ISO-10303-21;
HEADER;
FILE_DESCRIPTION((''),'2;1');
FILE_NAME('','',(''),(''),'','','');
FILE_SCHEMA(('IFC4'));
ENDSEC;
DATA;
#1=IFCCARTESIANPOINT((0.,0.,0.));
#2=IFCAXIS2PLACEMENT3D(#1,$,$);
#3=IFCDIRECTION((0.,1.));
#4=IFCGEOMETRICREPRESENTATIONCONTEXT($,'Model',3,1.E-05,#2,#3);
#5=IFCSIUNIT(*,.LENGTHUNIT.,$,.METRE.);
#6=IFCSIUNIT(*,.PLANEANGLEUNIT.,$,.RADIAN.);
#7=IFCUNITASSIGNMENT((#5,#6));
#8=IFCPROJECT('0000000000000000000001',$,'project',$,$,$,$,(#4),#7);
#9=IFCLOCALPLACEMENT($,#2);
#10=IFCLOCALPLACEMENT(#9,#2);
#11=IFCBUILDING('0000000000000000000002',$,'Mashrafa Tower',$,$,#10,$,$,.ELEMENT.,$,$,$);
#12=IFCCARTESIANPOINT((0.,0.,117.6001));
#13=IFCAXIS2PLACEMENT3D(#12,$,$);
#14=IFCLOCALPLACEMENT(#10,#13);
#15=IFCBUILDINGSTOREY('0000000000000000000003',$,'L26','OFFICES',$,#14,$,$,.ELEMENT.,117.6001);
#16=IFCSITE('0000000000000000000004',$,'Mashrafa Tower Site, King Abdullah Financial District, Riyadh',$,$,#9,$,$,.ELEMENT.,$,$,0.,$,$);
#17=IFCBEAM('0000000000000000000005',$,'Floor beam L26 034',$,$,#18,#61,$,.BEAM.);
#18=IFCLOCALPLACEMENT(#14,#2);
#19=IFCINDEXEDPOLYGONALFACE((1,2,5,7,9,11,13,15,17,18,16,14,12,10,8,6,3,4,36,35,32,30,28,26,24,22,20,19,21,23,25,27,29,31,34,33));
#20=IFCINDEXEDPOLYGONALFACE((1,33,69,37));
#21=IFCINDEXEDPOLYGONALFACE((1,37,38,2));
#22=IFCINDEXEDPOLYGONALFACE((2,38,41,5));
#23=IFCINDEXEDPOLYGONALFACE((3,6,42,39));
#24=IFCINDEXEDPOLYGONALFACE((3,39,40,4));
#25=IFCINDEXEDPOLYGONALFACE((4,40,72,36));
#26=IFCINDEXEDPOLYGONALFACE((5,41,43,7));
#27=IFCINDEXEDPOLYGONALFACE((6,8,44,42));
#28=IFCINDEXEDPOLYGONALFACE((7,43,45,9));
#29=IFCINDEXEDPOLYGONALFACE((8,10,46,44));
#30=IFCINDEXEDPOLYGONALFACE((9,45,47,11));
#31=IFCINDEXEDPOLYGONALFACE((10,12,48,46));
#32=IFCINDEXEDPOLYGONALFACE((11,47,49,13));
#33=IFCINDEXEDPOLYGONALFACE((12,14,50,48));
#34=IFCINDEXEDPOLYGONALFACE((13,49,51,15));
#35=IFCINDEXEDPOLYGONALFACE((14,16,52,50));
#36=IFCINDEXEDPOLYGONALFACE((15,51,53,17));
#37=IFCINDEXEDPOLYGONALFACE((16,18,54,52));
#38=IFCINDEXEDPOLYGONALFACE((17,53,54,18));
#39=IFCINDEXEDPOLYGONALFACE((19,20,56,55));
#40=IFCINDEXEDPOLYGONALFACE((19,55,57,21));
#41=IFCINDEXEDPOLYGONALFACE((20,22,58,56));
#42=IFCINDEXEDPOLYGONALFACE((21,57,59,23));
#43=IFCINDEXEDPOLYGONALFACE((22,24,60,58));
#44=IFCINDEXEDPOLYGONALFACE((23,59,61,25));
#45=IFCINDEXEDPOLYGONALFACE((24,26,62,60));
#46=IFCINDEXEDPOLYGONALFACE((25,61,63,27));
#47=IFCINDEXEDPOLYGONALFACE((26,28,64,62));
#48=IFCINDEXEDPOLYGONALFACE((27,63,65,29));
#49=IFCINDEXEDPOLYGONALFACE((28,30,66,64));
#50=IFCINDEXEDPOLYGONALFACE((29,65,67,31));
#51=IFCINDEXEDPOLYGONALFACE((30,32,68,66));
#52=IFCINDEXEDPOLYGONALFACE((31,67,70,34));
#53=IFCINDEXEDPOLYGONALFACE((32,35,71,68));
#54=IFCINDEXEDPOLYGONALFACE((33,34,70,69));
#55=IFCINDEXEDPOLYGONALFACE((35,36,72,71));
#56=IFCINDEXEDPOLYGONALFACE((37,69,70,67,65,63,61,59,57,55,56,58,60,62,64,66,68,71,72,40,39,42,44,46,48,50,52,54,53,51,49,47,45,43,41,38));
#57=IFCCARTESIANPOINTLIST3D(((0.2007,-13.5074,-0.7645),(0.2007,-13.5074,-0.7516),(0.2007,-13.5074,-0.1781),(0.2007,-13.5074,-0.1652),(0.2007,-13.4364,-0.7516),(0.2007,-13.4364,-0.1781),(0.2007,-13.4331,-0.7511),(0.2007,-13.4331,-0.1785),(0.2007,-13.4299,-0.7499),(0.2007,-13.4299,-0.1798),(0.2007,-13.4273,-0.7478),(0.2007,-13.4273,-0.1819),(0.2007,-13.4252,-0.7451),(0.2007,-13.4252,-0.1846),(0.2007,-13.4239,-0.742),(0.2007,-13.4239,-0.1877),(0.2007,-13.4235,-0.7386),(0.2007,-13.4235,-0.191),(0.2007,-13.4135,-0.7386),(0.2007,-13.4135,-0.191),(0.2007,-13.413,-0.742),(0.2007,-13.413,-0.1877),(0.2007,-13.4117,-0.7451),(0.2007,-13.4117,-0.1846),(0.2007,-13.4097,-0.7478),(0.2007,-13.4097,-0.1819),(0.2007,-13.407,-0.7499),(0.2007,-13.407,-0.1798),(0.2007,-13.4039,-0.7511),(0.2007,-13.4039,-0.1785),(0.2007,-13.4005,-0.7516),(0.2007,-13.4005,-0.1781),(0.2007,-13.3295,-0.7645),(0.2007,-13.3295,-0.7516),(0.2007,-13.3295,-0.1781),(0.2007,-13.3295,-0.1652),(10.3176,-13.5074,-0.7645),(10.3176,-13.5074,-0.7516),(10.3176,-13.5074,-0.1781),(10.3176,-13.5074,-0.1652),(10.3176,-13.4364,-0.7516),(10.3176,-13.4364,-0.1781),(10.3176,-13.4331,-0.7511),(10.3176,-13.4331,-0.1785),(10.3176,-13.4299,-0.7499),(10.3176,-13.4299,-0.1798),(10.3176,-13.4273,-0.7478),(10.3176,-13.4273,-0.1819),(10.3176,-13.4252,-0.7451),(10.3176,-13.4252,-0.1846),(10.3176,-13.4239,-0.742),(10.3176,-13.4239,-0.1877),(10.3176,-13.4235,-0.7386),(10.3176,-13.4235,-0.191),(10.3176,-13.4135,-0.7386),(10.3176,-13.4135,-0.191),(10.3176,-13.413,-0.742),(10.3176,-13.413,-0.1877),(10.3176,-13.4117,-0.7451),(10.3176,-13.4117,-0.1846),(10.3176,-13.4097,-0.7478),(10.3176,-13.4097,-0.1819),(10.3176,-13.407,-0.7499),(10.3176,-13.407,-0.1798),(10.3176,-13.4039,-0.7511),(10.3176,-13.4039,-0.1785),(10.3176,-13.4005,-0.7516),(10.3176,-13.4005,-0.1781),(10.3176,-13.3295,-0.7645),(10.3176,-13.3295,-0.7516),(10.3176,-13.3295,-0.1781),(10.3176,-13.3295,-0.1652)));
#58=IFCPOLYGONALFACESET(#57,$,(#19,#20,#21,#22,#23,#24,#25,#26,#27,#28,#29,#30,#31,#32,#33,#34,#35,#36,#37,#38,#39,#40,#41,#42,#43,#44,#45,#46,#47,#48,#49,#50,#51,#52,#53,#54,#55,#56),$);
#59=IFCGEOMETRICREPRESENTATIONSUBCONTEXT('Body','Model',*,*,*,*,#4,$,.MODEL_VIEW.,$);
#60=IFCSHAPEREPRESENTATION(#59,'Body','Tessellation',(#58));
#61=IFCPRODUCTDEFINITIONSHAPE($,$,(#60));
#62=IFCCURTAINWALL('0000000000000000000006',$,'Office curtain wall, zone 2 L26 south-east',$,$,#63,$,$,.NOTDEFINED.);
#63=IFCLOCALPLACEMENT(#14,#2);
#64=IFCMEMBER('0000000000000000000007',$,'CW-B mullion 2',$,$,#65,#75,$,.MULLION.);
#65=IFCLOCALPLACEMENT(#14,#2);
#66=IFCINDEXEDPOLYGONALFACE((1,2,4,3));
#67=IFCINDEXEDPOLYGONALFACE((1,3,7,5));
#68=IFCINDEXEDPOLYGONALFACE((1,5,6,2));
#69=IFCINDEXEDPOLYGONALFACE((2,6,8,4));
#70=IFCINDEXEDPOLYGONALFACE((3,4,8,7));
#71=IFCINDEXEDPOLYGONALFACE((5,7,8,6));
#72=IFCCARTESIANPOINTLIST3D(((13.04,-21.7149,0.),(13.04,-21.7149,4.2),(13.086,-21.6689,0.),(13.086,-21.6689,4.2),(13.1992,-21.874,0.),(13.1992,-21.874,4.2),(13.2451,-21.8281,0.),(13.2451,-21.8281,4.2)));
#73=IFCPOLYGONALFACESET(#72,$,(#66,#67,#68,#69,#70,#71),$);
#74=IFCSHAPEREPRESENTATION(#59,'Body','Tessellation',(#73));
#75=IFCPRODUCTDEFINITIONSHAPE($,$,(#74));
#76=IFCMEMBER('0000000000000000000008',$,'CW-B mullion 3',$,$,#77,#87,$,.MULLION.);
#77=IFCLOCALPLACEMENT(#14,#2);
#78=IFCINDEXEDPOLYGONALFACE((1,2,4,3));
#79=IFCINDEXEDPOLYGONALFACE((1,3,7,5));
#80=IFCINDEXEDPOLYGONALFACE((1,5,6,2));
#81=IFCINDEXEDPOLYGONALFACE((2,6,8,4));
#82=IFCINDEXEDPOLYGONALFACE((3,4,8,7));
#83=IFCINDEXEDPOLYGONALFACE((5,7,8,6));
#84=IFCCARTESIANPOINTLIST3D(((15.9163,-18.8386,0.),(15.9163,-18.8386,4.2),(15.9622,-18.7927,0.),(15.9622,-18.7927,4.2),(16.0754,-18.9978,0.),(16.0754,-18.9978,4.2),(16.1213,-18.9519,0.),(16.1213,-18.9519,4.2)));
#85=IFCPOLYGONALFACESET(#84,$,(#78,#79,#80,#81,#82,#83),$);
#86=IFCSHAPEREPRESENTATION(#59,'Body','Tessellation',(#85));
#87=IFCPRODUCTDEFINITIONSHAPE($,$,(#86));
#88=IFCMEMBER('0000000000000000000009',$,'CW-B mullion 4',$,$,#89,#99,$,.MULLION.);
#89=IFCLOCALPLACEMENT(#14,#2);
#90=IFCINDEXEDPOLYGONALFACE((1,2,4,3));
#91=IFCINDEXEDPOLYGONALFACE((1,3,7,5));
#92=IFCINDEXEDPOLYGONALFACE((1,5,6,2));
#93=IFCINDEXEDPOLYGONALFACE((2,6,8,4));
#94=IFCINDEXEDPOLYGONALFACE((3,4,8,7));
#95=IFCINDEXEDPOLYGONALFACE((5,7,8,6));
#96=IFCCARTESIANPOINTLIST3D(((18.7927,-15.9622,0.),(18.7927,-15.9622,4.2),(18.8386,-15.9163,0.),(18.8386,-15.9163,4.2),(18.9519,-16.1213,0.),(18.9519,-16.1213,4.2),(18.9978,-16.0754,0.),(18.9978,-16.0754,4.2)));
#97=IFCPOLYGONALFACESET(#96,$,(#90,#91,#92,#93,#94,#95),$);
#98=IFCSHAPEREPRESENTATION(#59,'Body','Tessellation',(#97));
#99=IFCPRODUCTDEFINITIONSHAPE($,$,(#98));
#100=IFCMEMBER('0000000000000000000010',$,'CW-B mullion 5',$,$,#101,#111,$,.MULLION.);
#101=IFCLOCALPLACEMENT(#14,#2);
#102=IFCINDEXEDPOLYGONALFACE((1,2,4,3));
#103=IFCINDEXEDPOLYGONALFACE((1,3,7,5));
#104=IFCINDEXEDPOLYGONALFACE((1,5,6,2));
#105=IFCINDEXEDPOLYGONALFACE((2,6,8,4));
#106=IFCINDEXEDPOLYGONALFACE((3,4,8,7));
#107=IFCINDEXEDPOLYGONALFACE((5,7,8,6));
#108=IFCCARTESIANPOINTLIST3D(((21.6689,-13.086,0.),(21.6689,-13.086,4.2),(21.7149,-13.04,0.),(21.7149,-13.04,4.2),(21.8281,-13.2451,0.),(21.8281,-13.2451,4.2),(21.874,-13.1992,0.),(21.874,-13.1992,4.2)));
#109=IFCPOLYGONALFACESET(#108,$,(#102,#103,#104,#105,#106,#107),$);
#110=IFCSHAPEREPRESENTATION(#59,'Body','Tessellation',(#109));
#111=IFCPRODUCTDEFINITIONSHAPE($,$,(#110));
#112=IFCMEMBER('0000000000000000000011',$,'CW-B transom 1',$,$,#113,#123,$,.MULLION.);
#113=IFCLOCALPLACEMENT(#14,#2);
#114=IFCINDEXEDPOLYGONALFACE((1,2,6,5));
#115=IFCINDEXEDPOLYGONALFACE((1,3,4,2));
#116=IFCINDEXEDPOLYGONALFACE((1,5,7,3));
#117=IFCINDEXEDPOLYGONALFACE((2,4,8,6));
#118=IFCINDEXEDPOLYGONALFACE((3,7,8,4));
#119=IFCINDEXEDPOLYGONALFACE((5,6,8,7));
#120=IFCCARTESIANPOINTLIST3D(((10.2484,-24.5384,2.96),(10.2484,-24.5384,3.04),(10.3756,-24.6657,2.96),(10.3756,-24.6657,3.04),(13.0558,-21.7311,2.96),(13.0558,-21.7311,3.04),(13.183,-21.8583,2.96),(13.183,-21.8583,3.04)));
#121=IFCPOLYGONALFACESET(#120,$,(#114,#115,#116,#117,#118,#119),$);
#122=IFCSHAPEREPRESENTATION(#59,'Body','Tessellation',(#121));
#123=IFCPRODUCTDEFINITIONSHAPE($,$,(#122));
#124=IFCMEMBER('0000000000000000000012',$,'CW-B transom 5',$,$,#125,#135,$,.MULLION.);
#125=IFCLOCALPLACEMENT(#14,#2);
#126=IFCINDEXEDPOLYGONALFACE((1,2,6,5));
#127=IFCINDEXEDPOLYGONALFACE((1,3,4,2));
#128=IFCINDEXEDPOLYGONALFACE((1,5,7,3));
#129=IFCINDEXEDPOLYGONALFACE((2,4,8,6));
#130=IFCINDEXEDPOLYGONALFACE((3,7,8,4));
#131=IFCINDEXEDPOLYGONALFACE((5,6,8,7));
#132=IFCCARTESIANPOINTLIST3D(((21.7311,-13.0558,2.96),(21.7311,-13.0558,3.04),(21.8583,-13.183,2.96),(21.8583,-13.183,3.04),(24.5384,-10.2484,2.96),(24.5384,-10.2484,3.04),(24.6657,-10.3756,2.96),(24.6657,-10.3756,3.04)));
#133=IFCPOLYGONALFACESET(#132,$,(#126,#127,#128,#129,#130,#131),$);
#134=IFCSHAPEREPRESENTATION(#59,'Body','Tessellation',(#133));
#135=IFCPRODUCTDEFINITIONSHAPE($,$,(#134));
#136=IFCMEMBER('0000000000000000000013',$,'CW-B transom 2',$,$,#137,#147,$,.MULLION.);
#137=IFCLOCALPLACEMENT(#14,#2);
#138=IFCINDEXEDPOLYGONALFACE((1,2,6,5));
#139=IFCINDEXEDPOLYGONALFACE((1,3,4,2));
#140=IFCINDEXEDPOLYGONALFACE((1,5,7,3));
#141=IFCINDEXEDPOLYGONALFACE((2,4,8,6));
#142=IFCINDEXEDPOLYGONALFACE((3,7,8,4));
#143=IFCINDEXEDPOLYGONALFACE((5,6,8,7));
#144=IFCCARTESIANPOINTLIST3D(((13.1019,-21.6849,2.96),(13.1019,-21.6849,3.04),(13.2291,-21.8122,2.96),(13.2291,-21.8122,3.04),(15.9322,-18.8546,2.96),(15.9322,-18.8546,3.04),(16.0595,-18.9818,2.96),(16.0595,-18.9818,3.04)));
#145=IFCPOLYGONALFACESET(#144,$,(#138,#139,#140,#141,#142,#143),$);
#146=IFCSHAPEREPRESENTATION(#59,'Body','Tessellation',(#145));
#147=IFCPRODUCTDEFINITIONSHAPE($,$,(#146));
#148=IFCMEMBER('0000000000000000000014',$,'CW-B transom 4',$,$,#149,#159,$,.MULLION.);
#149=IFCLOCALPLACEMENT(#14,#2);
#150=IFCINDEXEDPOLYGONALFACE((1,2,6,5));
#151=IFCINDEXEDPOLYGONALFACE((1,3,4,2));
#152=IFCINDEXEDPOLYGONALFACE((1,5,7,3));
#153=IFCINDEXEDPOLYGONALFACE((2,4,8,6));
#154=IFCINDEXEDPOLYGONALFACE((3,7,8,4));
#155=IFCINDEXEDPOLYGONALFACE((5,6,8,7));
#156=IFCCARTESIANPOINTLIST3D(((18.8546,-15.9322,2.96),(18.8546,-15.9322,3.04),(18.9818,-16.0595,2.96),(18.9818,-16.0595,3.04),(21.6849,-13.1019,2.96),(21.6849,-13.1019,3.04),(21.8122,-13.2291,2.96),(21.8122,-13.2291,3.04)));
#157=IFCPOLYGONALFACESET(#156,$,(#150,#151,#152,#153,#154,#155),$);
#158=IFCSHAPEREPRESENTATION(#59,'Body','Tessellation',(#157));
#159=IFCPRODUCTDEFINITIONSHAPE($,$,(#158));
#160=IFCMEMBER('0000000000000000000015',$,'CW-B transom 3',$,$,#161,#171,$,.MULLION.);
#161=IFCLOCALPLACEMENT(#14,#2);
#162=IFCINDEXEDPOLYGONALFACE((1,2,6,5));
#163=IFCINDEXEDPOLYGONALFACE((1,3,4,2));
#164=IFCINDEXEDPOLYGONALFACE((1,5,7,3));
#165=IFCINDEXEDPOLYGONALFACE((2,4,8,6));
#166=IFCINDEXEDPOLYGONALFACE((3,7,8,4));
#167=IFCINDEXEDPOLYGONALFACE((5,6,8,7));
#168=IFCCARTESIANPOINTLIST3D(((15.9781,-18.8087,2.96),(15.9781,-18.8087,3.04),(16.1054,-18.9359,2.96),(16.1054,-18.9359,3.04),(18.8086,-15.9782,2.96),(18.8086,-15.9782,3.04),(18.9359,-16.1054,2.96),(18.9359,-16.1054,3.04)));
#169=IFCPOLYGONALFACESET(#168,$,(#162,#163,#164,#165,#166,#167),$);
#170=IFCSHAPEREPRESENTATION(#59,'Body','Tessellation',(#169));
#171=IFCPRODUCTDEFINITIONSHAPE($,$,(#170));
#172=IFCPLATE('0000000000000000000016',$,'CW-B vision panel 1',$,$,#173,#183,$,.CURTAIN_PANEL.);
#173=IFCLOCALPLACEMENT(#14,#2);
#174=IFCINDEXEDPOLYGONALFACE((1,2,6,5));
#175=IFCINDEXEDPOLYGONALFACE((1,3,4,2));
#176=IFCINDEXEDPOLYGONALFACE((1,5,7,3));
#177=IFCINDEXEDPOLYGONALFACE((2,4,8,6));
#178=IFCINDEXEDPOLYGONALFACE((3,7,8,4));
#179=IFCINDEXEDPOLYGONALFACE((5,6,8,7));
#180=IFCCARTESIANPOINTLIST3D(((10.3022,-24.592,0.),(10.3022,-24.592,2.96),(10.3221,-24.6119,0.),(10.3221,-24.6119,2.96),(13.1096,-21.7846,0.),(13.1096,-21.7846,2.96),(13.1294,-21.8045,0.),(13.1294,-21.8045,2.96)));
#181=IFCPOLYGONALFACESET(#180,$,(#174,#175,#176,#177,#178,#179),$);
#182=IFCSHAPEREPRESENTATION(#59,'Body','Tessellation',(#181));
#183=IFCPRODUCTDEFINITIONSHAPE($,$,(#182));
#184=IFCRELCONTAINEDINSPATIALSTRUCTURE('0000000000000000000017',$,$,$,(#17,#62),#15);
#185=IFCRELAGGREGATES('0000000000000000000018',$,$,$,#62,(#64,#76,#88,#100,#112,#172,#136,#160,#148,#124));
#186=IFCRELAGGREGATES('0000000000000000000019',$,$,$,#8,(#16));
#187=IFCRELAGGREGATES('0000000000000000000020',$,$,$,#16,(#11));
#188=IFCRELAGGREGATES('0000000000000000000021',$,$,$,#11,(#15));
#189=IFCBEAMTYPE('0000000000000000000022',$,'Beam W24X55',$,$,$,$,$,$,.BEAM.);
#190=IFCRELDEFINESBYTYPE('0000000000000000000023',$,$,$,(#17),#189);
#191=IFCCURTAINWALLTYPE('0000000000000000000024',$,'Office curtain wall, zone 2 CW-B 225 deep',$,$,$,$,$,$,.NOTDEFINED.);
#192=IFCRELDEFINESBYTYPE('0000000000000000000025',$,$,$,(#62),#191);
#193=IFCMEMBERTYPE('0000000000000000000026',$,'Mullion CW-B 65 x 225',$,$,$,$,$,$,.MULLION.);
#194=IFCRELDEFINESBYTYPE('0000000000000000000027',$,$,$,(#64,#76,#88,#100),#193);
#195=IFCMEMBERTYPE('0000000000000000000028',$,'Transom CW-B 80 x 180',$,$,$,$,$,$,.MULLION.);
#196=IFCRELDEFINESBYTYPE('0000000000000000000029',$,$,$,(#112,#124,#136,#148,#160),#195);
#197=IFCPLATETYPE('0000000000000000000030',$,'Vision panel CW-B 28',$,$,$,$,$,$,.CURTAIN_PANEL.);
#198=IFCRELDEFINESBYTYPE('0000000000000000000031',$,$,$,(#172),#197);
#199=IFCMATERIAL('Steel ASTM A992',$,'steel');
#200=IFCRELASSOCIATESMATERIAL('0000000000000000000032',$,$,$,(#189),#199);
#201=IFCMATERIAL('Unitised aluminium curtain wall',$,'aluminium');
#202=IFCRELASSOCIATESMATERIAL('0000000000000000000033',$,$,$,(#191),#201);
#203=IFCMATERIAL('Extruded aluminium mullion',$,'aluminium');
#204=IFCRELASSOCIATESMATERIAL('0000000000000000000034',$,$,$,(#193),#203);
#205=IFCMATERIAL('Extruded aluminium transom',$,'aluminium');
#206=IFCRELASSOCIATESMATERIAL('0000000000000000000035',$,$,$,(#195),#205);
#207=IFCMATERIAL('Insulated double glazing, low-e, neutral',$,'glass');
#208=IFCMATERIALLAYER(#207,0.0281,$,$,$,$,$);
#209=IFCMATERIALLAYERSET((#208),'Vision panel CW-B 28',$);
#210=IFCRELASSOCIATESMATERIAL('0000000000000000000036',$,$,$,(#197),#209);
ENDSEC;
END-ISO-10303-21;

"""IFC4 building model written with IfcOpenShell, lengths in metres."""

from ifc_helpers import new_model, si_unit, direction, frame, origin, origin_2d, place, context, subcontext, project, spatial, rectangle, i_section, extrude, source, transform, mapped, material, layer, layer_set, material_profile, profile_set, type_object, type_shapes, element, aggregate, save


model = new_model("IFC4")

# Units and contexts
model_context = context("Model", 3, precision=1e-05, world=origin(), true_north=direction((0.0, 1.0)))
body_context = subcontext(model_context, "Body", "Model", "MODEL_VIEW")
ifc_project = project(units=[si_unit("LENGTHUNIT", "METRE"), si_unit("PLANEANGLEUNIT", "RADIAN")], contexts=[model_context])

# Site, building, storey
site_placement = place(None, origin())
site = spatial("IfcSite", under=ifc_project, at=site_placement, Name="Mashrafa Tower Site, King Abdullah Financial District, Riyadh", CompositionType="ELEMENT", RefElevation=0.0)
building_placement = place(site_placement, origin())
building = spatial("IfcBuilding", under=site, at=building_placement, Name="Mashrafa Tower", CompositionType="ELEMENT")
storey_placement = place(building_placement, frame((0.0, 0.0, 117.6001)))
storey = spatial("IfcBuildingStorey", under=building, at=storey_placement, Name="L26", Description="OFFICES", CompositionType="ELEMENT", Elevation=117.6001)

# Beam
ifc_material_1 = material(Name="Steel ASTM A992", Category="steel")
ifc_material_profile_1 = material_profile(ifc_material_1, i_section(OverallWidth=0.178, OverallDepth=0.5994, WebThickness=0.01, FlangeThickness=0.0129, FilletRadius=0.0129, at=origin_2d()), Name="W24X55")
ifc_profile_set_1 = profile_set([ifc_material_profile_1], Name="Steel ASTM A992")
beam_type_1 = type_object("IfcBeamType", Name="Beam W24X55", PredefinedType="BEAM", material=ifc_profile_set_1)
beam_1_placement = place(storey_placement, frame((10.3176, -13.4185, -0.4648), z_axis=(-1.0, 0.0, 0.0), x_axis=(0.0, -1.0, 0.0)))
element("IfcBeam", 1, at=beam_1_placement, inside=storey, type_object=beam_type_1, Name="Floor beam L26 034", PredefinedType="BEAM", context=body_context, shape_type="SweptSolid", body=[
    extrude(i_section(OverallWidth=0.178, OverallDepth=0.5994, WebThickness=0.01, FlangeThickness=0.0129, FilletRadius=0.0129, at=origin_2d()), origin(), (0.0, 0.0, 1.0), 10.1169),
])

# Curtain wall, members, plate
ifc_material_2 = material(Name="Unitised aluminium curtain wall", Category="aluminium")
curtain_wall_type = type_object("IfcCurtainWallType", Name="Office curtain wall, zone 2 CW-B 225 deep", PredefinedType="NOTDEFINED", material=ifc_material_2)
curtain_wall_placement = place(storey_placement, origin())
curtain_wall = element("IfcCurtainWall", 2, at=curtain_wall_placement, inside=storey, type_object=curtain_wall_type, Name="Office curtain wall, zone 2 L26 south-east", PredefinedType="NOTDEFINED")
ifc_material_3 = material(Name="Extruded aluminium mullion", Category="aluminium")
ifc_material_profile_2 = material_profile(ifc_material_3, rectangle(XDim=0.2251, YDim=0.0649, at=origin_2d()), Name="Mullion 65x225")
ifc_profile_set_2 = profile_set([ifc_material_profile_2], Name="Extruded aluminium mullion")
member_type_1 = type_object("IfcMemberType", Name="Mullion CW-B 65 x 225", PredefinedType="MULLION", material=ifc_profile_set_2)
shared_shape_1 = source(origin(), body_context, "Body", "SweptSolid", [
    extrude(rectangle(XDim=0.2251, YDim=0.0649, at=origin_2d()), origin(), (0.0, 0.0, 1.0), 4.2),
])
type_shapes(member_type_1, [shared_shape_1])
member_1_placement = place(storey_placement, frame((13.1426, -21.7715, 0.0), z_axis=(0.0, 0.0, 1.0), x_axis=(-0.707107, 0.707107, 0.0)))
member_1 = element("IfcMember", 3, at=member_1_placement, type_object=member_type_1, Name="CW-B mullion 2", PredefinedType="MULLION", context=body_context, shape_type="MappedRepresentation", body=[
    mapped(shared_shape_1, transform((0.0, 0.0, 0.0))),
])
member_2_placement = place(storey_placement, frame((16.0188, -18.8953, 0.0), z_axis=(0.0, 0.0, 1.0), x_axis=(-0.707107, 0.707107, 0.0)))
member_2 = element("IfcMember", 4, at=member_2_placement, type_object=member_type_1, Name="CW-B mullion 3", PredefinedType="MULLION", context=body_context, shape_type="MappedRepresentation", body=[
    mapped(shared_shape_1, transform((0.0, 0.0, 0.0))),
])
member_3_placement = place(storey_placement, frame((18.8953, -16.0188, 0.0), z_axis=(0.0, 0.0, 1.0), x_axis=(-0.707107, 0.707107, 0.0)))
member_3 = element("IfcMember", 5, at=member_3_placement, type_object=member_type_1, Name="CW-B mullion 4", PredefinedType="MULLION", context=body_context, shape_type="MappedRepresentation", body=[
    mapped(shared_shape_1, transform((0.0, 0.0, 0.0))),
])
member_4_placement = place(storey_placement, frame((21.7715, -13.1426, 0.0), z_axis=(0.0, 0.0, 1.0), x_axis=(-0.707107, 0.707107, 0.0)))
member_4 = element("IfcMember", 6, at=member_4_placement, type_object=member_type_1, Name="CW-B mullion 5", PredefinedType="MULLION", context=body_context, shape_type="MappedRepresentation", body=[
    mapped(shared_shape_1, transform((0.0, 0.0, 0.0))),
])
ifc_material_4 = material(Name="Extruded aluminium transom", Category="aluminium")
ifc_material_profile_3 = material_profile(ifc_material_4, rectangle(XDim=0.1799, YDim=0.0801, at=origin_2d()), Name="Transom 80x180")
ifc_profile_set_3 = profile_set([ifc_material_profile_3], Name="Extruded aluminium transom")
member_type_2 = type_object("IfcMemberType", Name="Transom CW-B 80 x 180", PredefinedType="MULLION", material=ifc_profile_set_3)
shared_shape_2 = source(origin(), body_context, "Body", "SweptSolid", [
    extrude(rectangle(XDim=0.1799, YDim=0.0801, at=origin_2d()), origin(), (0.0, 0.0, 1.0), 3.9702),
])
member_5_placement = place(storey_placement, frame((10.312, -24.6021, 3.0), z_axis=(0.707107, 0.707107, 0.0), x_axis=(-0.707107, 0.707107, 0.0)))
member_5 = element("IfcMember", 7, at=member_5_placement, type_object=member_type_2, Name="CW-B transom 1", PredefinedType="MULLION", context=body_context, shape_type="MappedRepresentation", body=[
    mapped(shared_shape_2, transform((0.0, 0.0, 0.0))),
])
member_6_placement = place(storey_placement, frame((21.7947, -13.1194, 3.0), z_axis=(0.707107, 0.707107, 0.0), x_axis=(-0.707107, 0.707107, 0.0)))
member_6 = element("IfcMember", 8, at=member_6_placement, type_object=member_type_2, Name="CW-B transom 5", PredefinedType="MULLION", context=body_context, shape_type="MappedRepresentation", body=[
    mapped(shared_shape_2, transform((0.0, 0.0, 0.0))),
])
shared_shape_3 = source(origin(), body_context, "Body", "SweptSolid", [
    extrude(rectangle(XDim=0.1799, YDim=0.0801, at=origin_2d()), origin(), (0.0, 0.0, 1.0), 4.0027),
])
member_7_placement = place(storey_placement, frame((13.1655, -21.7485, 3.0), z_axis=(0.707107, 0.707107, 0.0), x_axis=(-0.707107, 0.707107, 0.0)))
member_7 = element("IfcMember", 9, at=member_7_placement, type_object=member_type_2, Name="CW-B transom 2", PredefinedType="MULLION", context=body_context, shape_type="MappedRepresentation", body=[
    mapped(shared_shape_3, transform((0.0, 0.0, 0.0))),
])
member_8_placement = place(storey_placement, frame((18.9182, -15.9958, 3.0), z_axis=(0.707107, 0.707107, 0.0), x_axis=(-0.707107, 0.707107, 0.0)))
member_8 = element("IfcMember", 10, at=member_8_placement, type_object=member_type_2, Name="CW-B transom 4", PredefinedType="MULLION", context=body_context, shape_type="MappedRepresentation", body=[
    mapped(shared_shape_3, transform((0.0, 0.0, 0.0))),
])
shared_shape_4 = source(origin(), body_context, "Body", "SweptSolid", [
    extrude(rectangle(XDim=0.1799, YDim=0.0801, at=origin_2d()), origin(), (0.0, 0.0, 1.0), 4.0029),
])
type_shapes(member_type_2, [shared_shape_2, shared_shape_3, shared_shape_4])
member_9_placement = place(storey_placement, frame((16.0417, -18.8723, 3.0), z_axis=(0.707107, 0.707107, 0.0), x_axis=(-0.707107, 0.707107, 0.0)))
member_9 = element("IfcMember", 11, at=member_9_placement, type_object=member_type_2, Name="CW-B transom 3", PredefinedType="MULLION", context=body_context, shape_type="MappedRepresentation", body=[
    mapped(shared_shape_4, transform((0.0, 0.0, 0.0))),
])
ifc_material_5 = material(Name="Insulated double glazing, low-e, neutral", Category="glass")
ifc_layer_1 = layer(ifc_material_5, 0.0281)
ifc_layer_set_1 = layer_set([ifc_layer_1], Name="Vision panel CW-B 28")
plate_type_1 = type_object("IfcPlateType", Name="Vision panel CW-B 28", PredefinedType="CURTAIN_PANEL", material=ifc_layer_set_1)
shared_shape_5 = source(origin(), body_context, "Body", "SweptSolid", [
    extrude(rectangle(XDim=3.9702, YDim=0.0281, at=origin_2d()), origin(), (0.0, 0.0, 1.0), 2.96),
])
plate_1_placement = place(storey_placement, frame((11.7158, -23.1982, 0.0), z_axis=(0.0, 0.0, 1.0), x_axis=(0.707107, 0.707107, 0.0)))
plate_1 = element("IfcPlate", 12, at=plate_1_placement, type_object=plate_type_1, Name="CW-B vision panel 1", PredefinedType="CURTAIN_PANEL", context=body_context, shape_type="MappedRepresentation", body=[
    mapped(shared_shape_5, transform((0.0, 0.0, 0.0))),
])
aggregate(curtain_wall, [member_1, member_2, member_3, member_4, member_5, plate_1, member_7, member_9, member_8, member_6])

save(model, "model.ifc")
